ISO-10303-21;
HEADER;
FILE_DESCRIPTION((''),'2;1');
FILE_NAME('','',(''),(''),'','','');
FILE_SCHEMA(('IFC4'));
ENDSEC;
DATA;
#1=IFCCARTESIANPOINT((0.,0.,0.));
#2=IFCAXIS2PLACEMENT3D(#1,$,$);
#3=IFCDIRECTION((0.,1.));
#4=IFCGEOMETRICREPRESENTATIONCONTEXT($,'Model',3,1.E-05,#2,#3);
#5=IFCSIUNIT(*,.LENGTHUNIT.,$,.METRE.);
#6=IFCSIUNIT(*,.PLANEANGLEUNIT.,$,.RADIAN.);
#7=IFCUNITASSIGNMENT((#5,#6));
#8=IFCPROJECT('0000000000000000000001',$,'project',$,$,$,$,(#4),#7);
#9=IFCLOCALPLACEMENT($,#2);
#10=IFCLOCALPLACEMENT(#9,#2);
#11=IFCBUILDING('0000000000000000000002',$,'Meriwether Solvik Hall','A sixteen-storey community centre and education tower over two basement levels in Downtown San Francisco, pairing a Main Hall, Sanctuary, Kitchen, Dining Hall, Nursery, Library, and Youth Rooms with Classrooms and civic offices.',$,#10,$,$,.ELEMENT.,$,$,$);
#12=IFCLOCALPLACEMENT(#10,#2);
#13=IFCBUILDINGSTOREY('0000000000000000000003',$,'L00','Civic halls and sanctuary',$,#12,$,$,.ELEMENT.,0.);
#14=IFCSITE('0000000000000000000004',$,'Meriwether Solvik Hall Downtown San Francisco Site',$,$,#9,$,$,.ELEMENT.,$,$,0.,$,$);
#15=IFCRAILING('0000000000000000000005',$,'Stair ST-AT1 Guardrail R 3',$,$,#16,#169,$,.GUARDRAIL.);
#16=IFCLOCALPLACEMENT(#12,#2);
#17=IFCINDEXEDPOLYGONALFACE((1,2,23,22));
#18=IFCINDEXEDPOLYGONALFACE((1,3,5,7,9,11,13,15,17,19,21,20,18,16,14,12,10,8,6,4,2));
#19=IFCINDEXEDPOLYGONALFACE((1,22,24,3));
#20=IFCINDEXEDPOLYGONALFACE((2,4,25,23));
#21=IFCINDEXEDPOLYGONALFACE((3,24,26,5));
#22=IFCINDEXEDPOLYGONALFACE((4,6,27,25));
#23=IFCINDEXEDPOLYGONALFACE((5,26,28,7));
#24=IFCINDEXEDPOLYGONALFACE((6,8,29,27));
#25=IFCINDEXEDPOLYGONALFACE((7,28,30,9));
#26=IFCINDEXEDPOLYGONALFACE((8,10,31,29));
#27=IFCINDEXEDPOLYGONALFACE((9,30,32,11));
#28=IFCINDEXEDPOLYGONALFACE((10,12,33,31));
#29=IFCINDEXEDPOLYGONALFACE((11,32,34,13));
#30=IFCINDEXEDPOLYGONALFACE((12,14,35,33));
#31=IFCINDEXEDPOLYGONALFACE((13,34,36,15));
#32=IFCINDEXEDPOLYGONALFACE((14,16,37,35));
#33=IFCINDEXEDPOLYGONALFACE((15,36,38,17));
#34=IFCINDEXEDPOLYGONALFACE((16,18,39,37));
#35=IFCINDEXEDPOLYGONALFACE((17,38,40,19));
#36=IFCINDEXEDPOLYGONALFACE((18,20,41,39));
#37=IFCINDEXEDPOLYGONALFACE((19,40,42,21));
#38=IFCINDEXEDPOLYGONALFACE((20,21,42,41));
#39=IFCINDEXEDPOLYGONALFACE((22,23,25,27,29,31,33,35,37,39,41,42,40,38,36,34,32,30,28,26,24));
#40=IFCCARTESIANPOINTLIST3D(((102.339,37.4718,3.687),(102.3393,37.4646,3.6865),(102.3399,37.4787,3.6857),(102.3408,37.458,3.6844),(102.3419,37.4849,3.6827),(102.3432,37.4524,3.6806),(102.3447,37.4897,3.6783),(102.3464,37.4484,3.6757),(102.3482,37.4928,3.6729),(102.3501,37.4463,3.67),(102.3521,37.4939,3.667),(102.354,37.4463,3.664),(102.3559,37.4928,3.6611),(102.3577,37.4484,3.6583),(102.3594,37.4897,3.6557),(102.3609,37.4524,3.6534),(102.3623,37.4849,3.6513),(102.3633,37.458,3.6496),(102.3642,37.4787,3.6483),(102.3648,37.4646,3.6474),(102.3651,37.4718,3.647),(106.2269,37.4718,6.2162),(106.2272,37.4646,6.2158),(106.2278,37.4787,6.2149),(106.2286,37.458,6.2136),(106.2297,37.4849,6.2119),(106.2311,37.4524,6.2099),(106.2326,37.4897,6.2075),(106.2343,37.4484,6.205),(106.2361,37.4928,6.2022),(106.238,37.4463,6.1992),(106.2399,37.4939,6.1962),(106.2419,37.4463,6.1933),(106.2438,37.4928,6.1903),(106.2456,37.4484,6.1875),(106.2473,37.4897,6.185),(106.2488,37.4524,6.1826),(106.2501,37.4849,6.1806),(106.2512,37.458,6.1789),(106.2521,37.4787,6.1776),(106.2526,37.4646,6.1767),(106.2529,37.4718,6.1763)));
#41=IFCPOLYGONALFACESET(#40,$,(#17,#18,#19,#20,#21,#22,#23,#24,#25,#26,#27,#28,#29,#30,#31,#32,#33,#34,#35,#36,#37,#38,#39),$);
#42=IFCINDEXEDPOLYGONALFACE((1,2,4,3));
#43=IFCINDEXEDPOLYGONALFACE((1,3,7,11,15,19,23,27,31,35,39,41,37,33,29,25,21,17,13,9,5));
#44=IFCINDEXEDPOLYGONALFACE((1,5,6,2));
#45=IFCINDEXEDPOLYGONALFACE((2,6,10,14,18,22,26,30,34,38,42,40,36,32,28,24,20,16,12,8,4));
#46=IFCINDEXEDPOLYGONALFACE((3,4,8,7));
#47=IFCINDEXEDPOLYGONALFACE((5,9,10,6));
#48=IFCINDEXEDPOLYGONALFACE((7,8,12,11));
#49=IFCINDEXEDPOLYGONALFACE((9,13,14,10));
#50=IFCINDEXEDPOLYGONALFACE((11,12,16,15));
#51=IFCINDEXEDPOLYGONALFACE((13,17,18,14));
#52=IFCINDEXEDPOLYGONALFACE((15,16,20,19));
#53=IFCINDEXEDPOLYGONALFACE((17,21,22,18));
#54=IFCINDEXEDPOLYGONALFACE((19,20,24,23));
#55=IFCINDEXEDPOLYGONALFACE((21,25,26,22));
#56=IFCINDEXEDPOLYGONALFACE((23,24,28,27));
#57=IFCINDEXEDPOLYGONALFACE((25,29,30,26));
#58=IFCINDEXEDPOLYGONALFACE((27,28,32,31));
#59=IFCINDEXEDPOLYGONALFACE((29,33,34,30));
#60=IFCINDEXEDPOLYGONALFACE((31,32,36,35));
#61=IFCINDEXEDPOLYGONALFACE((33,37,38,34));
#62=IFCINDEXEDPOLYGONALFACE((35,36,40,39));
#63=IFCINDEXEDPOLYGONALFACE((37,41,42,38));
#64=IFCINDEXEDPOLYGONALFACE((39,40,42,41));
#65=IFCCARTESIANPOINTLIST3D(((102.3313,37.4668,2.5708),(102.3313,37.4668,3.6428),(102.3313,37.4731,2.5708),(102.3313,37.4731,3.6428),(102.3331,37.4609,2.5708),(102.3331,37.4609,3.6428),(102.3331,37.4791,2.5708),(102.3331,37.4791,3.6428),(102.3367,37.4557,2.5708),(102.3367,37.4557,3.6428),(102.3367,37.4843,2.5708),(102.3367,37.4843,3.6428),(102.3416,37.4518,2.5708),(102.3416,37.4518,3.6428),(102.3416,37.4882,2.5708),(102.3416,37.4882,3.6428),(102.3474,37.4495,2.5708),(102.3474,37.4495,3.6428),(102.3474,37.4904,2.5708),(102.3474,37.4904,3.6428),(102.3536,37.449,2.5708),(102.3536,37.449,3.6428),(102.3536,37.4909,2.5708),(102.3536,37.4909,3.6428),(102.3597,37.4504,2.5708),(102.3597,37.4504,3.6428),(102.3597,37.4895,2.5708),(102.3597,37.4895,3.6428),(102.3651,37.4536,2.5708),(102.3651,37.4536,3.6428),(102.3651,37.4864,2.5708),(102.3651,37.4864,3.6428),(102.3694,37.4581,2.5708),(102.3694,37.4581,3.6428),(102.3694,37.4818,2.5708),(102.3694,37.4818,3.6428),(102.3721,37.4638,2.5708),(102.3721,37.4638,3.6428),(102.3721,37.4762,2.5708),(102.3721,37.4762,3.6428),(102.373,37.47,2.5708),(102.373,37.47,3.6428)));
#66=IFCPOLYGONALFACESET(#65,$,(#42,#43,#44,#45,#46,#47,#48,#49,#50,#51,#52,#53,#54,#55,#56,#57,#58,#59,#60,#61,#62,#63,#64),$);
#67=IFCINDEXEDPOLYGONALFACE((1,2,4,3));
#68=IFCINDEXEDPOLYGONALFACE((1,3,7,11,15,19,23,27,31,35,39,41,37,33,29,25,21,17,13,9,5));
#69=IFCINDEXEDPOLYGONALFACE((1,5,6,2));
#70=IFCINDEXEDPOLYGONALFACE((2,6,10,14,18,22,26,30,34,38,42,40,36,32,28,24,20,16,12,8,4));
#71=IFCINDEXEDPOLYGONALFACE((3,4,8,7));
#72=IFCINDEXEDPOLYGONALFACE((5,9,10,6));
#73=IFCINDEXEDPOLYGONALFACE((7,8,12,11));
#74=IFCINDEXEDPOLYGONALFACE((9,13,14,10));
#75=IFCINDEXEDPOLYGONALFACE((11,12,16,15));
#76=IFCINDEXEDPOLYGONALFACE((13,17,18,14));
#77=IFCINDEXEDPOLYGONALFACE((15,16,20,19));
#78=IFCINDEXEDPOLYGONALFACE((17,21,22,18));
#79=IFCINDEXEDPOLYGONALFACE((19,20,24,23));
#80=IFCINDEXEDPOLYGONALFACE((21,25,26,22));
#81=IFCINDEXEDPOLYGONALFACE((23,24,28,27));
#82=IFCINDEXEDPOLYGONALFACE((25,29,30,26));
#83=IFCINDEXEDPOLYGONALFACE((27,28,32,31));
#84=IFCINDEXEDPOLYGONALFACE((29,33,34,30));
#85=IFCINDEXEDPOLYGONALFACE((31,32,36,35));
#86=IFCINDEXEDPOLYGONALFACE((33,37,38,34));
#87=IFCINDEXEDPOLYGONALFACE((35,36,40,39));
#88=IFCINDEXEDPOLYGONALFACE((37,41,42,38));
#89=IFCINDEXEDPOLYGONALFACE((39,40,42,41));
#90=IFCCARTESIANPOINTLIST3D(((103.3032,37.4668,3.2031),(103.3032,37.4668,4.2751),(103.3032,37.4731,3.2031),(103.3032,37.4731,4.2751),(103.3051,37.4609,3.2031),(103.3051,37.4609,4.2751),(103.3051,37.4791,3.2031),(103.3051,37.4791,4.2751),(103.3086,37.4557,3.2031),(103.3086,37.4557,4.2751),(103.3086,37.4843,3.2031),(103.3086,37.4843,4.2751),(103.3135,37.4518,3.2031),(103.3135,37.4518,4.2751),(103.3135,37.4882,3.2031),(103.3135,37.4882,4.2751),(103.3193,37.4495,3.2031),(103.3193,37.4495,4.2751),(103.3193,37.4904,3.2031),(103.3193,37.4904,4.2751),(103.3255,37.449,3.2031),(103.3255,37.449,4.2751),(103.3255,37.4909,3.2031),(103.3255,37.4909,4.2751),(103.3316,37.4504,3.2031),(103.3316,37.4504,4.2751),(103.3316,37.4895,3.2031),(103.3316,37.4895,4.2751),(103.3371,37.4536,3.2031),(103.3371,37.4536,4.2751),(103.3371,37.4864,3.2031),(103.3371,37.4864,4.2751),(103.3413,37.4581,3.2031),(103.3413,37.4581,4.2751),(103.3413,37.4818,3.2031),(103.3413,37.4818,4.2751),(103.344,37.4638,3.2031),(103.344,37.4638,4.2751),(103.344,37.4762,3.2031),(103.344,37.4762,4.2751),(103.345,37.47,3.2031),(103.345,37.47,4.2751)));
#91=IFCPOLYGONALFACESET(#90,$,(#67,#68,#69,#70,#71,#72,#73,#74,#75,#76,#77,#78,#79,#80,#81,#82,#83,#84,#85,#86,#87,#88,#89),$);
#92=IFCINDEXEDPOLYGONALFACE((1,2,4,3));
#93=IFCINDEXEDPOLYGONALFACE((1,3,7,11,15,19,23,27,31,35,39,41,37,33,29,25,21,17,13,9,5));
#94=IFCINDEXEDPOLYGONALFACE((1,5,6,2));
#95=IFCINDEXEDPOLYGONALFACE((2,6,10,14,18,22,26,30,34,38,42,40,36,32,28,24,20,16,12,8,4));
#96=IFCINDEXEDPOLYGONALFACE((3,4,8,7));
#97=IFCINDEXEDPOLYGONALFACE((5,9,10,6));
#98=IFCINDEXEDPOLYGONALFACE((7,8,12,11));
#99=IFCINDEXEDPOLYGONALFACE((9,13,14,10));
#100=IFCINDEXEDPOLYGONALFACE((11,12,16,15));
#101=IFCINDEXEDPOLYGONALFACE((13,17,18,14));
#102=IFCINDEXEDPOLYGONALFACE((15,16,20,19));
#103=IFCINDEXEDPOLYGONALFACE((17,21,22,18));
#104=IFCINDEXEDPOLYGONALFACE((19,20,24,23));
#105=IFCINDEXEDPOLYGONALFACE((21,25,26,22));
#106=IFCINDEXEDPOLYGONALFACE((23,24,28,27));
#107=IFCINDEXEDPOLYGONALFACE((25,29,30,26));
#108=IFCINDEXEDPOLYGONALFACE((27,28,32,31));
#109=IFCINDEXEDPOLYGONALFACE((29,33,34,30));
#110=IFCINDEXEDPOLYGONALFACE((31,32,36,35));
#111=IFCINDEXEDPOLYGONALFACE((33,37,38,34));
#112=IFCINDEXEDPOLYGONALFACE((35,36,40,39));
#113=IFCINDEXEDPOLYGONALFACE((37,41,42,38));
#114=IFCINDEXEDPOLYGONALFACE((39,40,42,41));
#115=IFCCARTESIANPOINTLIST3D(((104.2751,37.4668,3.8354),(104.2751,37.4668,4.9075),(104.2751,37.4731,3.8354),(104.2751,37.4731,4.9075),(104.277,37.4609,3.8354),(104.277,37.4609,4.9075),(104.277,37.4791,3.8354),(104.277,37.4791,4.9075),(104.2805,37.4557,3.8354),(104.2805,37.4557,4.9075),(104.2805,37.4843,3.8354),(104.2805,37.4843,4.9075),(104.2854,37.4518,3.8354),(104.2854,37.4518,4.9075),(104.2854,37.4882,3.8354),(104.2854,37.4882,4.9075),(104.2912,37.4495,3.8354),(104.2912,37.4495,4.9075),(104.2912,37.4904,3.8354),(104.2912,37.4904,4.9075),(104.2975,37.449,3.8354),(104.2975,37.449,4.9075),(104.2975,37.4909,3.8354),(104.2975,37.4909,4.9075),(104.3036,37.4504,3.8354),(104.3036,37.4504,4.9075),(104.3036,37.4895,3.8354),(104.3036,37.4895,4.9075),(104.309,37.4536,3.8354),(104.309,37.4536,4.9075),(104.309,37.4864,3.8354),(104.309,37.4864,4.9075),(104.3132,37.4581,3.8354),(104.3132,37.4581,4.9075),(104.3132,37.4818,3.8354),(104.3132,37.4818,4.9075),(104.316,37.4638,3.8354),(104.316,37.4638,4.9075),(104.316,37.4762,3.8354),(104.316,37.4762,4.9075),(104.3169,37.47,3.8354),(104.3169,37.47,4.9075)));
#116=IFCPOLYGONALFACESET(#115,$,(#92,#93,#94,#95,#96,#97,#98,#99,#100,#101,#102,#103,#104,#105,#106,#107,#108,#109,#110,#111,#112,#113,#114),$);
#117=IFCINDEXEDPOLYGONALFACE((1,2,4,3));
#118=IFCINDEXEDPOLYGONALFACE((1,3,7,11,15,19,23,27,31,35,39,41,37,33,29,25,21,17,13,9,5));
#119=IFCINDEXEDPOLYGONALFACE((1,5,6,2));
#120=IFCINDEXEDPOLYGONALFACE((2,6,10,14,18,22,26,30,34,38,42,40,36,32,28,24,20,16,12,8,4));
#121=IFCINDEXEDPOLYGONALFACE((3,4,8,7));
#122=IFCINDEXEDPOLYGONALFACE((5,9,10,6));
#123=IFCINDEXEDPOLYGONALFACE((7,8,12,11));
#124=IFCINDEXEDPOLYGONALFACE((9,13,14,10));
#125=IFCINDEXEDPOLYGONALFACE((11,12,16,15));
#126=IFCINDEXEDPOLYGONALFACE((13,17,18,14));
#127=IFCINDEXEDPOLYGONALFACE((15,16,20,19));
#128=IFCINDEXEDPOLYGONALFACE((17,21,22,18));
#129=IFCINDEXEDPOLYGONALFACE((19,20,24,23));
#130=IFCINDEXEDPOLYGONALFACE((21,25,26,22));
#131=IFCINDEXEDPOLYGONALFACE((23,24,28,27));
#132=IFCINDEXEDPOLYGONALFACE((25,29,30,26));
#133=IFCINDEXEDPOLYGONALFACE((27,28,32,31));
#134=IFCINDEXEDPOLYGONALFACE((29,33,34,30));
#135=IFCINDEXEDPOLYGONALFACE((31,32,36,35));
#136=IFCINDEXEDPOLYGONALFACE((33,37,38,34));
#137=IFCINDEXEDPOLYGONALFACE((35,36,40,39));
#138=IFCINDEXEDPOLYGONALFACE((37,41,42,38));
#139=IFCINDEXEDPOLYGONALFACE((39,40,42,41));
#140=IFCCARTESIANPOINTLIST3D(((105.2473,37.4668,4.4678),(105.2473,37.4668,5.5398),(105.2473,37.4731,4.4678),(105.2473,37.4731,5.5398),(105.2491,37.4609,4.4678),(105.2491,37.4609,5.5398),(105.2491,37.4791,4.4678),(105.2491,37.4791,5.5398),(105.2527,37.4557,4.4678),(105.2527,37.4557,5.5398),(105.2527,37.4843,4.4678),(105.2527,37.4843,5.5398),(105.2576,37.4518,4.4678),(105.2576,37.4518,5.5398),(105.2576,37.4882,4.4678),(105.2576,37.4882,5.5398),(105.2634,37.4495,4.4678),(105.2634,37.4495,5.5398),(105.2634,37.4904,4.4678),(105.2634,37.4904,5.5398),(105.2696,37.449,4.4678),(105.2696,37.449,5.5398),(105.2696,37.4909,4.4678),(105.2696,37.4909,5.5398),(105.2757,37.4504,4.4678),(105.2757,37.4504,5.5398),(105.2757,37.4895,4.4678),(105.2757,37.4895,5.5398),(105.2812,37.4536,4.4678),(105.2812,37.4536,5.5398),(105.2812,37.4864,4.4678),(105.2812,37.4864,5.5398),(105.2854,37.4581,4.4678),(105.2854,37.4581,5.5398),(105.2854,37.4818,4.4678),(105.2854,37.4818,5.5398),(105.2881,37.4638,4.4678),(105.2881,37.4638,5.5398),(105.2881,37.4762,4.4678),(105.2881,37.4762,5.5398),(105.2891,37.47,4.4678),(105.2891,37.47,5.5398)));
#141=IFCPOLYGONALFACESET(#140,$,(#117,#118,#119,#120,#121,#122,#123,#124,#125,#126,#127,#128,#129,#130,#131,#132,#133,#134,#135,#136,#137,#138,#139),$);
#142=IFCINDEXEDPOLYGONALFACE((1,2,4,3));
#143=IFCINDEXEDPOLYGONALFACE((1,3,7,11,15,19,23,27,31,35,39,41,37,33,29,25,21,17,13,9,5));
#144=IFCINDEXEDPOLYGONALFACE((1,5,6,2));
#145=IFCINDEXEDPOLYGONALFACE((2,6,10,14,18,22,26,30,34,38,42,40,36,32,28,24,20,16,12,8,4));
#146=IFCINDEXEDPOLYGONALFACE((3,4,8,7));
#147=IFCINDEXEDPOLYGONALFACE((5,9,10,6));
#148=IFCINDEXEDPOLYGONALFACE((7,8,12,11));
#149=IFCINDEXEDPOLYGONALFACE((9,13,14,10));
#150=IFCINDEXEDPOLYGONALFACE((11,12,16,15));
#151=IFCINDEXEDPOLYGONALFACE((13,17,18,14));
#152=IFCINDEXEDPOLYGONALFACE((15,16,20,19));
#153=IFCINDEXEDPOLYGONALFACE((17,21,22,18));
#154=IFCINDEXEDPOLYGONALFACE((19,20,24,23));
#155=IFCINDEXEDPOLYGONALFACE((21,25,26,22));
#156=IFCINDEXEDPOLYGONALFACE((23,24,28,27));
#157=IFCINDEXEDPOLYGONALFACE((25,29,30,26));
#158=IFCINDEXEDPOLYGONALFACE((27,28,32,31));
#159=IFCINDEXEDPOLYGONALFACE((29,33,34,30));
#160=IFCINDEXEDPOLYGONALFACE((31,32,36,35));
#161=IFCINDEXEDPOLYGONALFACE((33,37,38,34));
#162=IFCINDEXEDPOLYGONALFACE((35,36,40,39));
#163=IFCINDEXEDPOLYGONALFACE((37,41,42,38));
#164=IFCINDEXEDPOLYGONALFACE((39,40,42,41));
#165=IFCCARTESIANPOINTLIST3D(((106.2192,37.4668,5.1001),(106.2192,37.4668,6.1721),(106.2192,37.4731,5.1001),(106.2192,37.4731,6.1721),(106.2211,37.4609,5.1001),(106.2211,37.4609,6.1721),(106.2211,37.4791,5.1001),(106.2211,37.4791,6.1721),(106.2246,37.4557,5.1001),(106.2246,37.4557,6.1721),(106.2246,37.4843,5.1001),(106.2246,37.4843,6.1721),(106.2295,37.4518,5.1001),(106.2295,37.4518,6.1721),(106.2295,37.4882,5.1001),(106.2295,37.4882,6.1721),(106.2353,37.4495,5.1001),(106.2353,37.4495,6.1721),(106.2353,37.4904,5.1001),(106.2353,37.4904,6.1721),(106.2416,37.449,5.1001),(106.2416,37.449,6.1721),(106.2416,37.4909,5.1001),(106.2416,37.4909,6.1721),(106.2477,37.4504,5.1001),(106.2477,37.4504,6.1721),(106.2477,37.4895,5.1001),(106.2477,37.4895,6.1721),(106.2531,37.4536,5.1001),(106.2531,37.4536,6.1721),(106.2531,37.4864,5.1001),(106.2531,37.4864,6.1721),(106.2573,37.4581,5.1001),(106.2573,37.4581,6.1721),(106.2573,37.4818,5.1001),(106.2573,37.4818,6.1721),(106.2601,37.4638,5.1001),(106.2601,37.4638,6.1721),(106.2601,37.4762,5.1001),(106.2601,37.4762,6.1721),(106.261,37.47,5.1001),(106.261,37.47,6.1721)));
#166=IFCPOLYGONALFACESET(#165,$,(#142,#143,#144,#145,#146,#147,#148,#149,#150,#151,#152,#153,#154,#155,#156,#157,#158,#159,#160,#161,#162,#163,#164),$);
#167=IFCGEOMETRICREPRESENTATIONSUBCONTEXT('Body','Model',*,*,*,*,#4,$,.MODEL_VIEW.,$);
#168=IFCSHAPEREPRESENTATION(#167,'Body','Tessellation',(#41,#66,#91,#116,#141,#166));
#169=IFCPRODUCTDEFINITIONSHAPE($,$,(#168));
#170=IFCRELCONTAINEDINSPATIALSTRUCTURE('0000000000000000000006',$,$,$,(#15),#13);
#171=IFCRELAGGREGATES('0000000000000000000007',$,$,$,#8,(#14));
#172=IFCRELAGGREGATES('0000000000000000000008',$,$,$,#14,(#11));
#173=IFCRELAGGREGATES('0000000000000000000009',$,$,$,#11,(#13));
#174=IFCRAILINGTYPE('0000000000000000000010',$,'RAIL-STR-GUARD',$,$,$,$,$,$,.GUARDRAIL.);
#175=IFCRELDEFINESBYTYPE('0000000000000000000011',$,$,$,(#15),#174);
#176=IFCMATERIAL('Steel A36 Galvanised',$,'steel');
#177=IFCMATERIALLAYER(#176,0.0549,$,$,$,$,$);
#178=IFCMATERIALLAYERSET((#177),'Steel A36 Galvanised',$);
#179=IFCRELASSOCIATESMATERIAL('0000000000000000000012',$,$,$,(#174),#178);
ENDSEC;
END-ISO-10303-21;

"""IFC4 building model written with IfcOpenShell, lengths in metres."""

from ifc_helpers import new_model, si_unit, direction, frame, origin, origin_2d, place, context, subcontext, project, spatial, circle, extrude, material, layer, layer_set, type_object, element, save


model = new_model("IFC4")

# Units and contexts
model_context = context("Model", 3, precision=1e-05, world=origin(), true_north=direction((0.0, 1.0)))
body_context = subcontext(model_context, "Body", "Model", "MODEL_VIEW")
ifc_project = project(units=[si_unit("LENGTHUNIT", "METRE"), si_unit("PLANEANGLEUNIT", "RADIAN")], contexts=[model_context])

# Site, building, storey
site_placement = place(None, origin())
site = spatial("IfcSite", under=ifc_project, at=site_placement, Name="Meriwether Solvik Hall Downtown San Francisco Site", CompositionType="ELEMENT", RefElevation=0.0)
building_placement = place(site_placement, origin())
building = spatial("IfcBuilding", under=site, at=building_placement, Name="Meriwether Solvik Hall", Description="A sixteen-storey community centre and education tower over two basement levels in Downtown San Francisco, pairing a Main Hall, Sanctuary, Kitchen, Dining Hall, Nursery, Library, and Youth Rooms with Classrooms and civic offices.", CompositionType="ELEMENT")
storey_placement = place(building_placement, origin())
storey = spatial("IfcBuildingStorey", under=building, at=storey_placement, Name="L00", Description="Civic halls and sanctuary", CompositionType="ELEMENT", Elevation=0.0)

# Railing
ifc_material_1 = material(Name="Steel A36 Galvanised", Category="steel")
ifc_layer_1 = layer(ifc_material_1, 0.0549)
ifc_layer_set_1 = layer_set([ifc_layer_1], Name="Steel A36 Galvanised")
railing_type_1 = type_object("IfcRailingType", Name="RAIL-STR-GUARD", PredefinedType="GUARDRAIL", material=ifc_layer_set_1)
for number, where, name in (
    (1, (102.3521, 37.47, 2.5708), "Stair ST-AT1 Guardrail R 3"),
):
    element("IfcRailing", number, at=place(storey_placement, frame(where)), inside=storey, type_object=railing_type_1, Name=name, PredefinedType="GUARDRAIL", context=body_context, shape_type="SweptSolid", body=[
        extrude(circle(Radius=0.0239, at=origin_2d()), frame((0.0, 0.0, 1.0962), z_axis=(0.838233, 0.0, 0.545312), x_axis=(0.0, 1.0, 0.0)), (0.0, 0.0, 1.0), 4.6382),
        extrude(circle(Radius=0.021, at=origin_2d()), origin(), (0.0, 0.0, 1.0), 1.072),
        extrude(circle(Radius=0.021, at=origin_2d()), frame((0.9719, 0.0, 0.6323)), (0.0, 0.0, 1.0), 1.072),
        extrude(circle(Radius=0.021, at=origin_2d()), frame((1.9438, 0.0, 1.2646)), (0.0, 0.0, 1.0), 1.072),
        extrude(circle(Radius=0.021, at=origin_2d()), frame((2.916, 0.0, 1.897)), (0.0, 0.0, 1.0), 1.072),
        extrude(circle(Radius=0.021, at=origin_2d()), frame((3.8879, 0.0, 2.5293)), (0.0, 0.0, 1.0), 1.072),
    ])

save(model, "model.ifc")
